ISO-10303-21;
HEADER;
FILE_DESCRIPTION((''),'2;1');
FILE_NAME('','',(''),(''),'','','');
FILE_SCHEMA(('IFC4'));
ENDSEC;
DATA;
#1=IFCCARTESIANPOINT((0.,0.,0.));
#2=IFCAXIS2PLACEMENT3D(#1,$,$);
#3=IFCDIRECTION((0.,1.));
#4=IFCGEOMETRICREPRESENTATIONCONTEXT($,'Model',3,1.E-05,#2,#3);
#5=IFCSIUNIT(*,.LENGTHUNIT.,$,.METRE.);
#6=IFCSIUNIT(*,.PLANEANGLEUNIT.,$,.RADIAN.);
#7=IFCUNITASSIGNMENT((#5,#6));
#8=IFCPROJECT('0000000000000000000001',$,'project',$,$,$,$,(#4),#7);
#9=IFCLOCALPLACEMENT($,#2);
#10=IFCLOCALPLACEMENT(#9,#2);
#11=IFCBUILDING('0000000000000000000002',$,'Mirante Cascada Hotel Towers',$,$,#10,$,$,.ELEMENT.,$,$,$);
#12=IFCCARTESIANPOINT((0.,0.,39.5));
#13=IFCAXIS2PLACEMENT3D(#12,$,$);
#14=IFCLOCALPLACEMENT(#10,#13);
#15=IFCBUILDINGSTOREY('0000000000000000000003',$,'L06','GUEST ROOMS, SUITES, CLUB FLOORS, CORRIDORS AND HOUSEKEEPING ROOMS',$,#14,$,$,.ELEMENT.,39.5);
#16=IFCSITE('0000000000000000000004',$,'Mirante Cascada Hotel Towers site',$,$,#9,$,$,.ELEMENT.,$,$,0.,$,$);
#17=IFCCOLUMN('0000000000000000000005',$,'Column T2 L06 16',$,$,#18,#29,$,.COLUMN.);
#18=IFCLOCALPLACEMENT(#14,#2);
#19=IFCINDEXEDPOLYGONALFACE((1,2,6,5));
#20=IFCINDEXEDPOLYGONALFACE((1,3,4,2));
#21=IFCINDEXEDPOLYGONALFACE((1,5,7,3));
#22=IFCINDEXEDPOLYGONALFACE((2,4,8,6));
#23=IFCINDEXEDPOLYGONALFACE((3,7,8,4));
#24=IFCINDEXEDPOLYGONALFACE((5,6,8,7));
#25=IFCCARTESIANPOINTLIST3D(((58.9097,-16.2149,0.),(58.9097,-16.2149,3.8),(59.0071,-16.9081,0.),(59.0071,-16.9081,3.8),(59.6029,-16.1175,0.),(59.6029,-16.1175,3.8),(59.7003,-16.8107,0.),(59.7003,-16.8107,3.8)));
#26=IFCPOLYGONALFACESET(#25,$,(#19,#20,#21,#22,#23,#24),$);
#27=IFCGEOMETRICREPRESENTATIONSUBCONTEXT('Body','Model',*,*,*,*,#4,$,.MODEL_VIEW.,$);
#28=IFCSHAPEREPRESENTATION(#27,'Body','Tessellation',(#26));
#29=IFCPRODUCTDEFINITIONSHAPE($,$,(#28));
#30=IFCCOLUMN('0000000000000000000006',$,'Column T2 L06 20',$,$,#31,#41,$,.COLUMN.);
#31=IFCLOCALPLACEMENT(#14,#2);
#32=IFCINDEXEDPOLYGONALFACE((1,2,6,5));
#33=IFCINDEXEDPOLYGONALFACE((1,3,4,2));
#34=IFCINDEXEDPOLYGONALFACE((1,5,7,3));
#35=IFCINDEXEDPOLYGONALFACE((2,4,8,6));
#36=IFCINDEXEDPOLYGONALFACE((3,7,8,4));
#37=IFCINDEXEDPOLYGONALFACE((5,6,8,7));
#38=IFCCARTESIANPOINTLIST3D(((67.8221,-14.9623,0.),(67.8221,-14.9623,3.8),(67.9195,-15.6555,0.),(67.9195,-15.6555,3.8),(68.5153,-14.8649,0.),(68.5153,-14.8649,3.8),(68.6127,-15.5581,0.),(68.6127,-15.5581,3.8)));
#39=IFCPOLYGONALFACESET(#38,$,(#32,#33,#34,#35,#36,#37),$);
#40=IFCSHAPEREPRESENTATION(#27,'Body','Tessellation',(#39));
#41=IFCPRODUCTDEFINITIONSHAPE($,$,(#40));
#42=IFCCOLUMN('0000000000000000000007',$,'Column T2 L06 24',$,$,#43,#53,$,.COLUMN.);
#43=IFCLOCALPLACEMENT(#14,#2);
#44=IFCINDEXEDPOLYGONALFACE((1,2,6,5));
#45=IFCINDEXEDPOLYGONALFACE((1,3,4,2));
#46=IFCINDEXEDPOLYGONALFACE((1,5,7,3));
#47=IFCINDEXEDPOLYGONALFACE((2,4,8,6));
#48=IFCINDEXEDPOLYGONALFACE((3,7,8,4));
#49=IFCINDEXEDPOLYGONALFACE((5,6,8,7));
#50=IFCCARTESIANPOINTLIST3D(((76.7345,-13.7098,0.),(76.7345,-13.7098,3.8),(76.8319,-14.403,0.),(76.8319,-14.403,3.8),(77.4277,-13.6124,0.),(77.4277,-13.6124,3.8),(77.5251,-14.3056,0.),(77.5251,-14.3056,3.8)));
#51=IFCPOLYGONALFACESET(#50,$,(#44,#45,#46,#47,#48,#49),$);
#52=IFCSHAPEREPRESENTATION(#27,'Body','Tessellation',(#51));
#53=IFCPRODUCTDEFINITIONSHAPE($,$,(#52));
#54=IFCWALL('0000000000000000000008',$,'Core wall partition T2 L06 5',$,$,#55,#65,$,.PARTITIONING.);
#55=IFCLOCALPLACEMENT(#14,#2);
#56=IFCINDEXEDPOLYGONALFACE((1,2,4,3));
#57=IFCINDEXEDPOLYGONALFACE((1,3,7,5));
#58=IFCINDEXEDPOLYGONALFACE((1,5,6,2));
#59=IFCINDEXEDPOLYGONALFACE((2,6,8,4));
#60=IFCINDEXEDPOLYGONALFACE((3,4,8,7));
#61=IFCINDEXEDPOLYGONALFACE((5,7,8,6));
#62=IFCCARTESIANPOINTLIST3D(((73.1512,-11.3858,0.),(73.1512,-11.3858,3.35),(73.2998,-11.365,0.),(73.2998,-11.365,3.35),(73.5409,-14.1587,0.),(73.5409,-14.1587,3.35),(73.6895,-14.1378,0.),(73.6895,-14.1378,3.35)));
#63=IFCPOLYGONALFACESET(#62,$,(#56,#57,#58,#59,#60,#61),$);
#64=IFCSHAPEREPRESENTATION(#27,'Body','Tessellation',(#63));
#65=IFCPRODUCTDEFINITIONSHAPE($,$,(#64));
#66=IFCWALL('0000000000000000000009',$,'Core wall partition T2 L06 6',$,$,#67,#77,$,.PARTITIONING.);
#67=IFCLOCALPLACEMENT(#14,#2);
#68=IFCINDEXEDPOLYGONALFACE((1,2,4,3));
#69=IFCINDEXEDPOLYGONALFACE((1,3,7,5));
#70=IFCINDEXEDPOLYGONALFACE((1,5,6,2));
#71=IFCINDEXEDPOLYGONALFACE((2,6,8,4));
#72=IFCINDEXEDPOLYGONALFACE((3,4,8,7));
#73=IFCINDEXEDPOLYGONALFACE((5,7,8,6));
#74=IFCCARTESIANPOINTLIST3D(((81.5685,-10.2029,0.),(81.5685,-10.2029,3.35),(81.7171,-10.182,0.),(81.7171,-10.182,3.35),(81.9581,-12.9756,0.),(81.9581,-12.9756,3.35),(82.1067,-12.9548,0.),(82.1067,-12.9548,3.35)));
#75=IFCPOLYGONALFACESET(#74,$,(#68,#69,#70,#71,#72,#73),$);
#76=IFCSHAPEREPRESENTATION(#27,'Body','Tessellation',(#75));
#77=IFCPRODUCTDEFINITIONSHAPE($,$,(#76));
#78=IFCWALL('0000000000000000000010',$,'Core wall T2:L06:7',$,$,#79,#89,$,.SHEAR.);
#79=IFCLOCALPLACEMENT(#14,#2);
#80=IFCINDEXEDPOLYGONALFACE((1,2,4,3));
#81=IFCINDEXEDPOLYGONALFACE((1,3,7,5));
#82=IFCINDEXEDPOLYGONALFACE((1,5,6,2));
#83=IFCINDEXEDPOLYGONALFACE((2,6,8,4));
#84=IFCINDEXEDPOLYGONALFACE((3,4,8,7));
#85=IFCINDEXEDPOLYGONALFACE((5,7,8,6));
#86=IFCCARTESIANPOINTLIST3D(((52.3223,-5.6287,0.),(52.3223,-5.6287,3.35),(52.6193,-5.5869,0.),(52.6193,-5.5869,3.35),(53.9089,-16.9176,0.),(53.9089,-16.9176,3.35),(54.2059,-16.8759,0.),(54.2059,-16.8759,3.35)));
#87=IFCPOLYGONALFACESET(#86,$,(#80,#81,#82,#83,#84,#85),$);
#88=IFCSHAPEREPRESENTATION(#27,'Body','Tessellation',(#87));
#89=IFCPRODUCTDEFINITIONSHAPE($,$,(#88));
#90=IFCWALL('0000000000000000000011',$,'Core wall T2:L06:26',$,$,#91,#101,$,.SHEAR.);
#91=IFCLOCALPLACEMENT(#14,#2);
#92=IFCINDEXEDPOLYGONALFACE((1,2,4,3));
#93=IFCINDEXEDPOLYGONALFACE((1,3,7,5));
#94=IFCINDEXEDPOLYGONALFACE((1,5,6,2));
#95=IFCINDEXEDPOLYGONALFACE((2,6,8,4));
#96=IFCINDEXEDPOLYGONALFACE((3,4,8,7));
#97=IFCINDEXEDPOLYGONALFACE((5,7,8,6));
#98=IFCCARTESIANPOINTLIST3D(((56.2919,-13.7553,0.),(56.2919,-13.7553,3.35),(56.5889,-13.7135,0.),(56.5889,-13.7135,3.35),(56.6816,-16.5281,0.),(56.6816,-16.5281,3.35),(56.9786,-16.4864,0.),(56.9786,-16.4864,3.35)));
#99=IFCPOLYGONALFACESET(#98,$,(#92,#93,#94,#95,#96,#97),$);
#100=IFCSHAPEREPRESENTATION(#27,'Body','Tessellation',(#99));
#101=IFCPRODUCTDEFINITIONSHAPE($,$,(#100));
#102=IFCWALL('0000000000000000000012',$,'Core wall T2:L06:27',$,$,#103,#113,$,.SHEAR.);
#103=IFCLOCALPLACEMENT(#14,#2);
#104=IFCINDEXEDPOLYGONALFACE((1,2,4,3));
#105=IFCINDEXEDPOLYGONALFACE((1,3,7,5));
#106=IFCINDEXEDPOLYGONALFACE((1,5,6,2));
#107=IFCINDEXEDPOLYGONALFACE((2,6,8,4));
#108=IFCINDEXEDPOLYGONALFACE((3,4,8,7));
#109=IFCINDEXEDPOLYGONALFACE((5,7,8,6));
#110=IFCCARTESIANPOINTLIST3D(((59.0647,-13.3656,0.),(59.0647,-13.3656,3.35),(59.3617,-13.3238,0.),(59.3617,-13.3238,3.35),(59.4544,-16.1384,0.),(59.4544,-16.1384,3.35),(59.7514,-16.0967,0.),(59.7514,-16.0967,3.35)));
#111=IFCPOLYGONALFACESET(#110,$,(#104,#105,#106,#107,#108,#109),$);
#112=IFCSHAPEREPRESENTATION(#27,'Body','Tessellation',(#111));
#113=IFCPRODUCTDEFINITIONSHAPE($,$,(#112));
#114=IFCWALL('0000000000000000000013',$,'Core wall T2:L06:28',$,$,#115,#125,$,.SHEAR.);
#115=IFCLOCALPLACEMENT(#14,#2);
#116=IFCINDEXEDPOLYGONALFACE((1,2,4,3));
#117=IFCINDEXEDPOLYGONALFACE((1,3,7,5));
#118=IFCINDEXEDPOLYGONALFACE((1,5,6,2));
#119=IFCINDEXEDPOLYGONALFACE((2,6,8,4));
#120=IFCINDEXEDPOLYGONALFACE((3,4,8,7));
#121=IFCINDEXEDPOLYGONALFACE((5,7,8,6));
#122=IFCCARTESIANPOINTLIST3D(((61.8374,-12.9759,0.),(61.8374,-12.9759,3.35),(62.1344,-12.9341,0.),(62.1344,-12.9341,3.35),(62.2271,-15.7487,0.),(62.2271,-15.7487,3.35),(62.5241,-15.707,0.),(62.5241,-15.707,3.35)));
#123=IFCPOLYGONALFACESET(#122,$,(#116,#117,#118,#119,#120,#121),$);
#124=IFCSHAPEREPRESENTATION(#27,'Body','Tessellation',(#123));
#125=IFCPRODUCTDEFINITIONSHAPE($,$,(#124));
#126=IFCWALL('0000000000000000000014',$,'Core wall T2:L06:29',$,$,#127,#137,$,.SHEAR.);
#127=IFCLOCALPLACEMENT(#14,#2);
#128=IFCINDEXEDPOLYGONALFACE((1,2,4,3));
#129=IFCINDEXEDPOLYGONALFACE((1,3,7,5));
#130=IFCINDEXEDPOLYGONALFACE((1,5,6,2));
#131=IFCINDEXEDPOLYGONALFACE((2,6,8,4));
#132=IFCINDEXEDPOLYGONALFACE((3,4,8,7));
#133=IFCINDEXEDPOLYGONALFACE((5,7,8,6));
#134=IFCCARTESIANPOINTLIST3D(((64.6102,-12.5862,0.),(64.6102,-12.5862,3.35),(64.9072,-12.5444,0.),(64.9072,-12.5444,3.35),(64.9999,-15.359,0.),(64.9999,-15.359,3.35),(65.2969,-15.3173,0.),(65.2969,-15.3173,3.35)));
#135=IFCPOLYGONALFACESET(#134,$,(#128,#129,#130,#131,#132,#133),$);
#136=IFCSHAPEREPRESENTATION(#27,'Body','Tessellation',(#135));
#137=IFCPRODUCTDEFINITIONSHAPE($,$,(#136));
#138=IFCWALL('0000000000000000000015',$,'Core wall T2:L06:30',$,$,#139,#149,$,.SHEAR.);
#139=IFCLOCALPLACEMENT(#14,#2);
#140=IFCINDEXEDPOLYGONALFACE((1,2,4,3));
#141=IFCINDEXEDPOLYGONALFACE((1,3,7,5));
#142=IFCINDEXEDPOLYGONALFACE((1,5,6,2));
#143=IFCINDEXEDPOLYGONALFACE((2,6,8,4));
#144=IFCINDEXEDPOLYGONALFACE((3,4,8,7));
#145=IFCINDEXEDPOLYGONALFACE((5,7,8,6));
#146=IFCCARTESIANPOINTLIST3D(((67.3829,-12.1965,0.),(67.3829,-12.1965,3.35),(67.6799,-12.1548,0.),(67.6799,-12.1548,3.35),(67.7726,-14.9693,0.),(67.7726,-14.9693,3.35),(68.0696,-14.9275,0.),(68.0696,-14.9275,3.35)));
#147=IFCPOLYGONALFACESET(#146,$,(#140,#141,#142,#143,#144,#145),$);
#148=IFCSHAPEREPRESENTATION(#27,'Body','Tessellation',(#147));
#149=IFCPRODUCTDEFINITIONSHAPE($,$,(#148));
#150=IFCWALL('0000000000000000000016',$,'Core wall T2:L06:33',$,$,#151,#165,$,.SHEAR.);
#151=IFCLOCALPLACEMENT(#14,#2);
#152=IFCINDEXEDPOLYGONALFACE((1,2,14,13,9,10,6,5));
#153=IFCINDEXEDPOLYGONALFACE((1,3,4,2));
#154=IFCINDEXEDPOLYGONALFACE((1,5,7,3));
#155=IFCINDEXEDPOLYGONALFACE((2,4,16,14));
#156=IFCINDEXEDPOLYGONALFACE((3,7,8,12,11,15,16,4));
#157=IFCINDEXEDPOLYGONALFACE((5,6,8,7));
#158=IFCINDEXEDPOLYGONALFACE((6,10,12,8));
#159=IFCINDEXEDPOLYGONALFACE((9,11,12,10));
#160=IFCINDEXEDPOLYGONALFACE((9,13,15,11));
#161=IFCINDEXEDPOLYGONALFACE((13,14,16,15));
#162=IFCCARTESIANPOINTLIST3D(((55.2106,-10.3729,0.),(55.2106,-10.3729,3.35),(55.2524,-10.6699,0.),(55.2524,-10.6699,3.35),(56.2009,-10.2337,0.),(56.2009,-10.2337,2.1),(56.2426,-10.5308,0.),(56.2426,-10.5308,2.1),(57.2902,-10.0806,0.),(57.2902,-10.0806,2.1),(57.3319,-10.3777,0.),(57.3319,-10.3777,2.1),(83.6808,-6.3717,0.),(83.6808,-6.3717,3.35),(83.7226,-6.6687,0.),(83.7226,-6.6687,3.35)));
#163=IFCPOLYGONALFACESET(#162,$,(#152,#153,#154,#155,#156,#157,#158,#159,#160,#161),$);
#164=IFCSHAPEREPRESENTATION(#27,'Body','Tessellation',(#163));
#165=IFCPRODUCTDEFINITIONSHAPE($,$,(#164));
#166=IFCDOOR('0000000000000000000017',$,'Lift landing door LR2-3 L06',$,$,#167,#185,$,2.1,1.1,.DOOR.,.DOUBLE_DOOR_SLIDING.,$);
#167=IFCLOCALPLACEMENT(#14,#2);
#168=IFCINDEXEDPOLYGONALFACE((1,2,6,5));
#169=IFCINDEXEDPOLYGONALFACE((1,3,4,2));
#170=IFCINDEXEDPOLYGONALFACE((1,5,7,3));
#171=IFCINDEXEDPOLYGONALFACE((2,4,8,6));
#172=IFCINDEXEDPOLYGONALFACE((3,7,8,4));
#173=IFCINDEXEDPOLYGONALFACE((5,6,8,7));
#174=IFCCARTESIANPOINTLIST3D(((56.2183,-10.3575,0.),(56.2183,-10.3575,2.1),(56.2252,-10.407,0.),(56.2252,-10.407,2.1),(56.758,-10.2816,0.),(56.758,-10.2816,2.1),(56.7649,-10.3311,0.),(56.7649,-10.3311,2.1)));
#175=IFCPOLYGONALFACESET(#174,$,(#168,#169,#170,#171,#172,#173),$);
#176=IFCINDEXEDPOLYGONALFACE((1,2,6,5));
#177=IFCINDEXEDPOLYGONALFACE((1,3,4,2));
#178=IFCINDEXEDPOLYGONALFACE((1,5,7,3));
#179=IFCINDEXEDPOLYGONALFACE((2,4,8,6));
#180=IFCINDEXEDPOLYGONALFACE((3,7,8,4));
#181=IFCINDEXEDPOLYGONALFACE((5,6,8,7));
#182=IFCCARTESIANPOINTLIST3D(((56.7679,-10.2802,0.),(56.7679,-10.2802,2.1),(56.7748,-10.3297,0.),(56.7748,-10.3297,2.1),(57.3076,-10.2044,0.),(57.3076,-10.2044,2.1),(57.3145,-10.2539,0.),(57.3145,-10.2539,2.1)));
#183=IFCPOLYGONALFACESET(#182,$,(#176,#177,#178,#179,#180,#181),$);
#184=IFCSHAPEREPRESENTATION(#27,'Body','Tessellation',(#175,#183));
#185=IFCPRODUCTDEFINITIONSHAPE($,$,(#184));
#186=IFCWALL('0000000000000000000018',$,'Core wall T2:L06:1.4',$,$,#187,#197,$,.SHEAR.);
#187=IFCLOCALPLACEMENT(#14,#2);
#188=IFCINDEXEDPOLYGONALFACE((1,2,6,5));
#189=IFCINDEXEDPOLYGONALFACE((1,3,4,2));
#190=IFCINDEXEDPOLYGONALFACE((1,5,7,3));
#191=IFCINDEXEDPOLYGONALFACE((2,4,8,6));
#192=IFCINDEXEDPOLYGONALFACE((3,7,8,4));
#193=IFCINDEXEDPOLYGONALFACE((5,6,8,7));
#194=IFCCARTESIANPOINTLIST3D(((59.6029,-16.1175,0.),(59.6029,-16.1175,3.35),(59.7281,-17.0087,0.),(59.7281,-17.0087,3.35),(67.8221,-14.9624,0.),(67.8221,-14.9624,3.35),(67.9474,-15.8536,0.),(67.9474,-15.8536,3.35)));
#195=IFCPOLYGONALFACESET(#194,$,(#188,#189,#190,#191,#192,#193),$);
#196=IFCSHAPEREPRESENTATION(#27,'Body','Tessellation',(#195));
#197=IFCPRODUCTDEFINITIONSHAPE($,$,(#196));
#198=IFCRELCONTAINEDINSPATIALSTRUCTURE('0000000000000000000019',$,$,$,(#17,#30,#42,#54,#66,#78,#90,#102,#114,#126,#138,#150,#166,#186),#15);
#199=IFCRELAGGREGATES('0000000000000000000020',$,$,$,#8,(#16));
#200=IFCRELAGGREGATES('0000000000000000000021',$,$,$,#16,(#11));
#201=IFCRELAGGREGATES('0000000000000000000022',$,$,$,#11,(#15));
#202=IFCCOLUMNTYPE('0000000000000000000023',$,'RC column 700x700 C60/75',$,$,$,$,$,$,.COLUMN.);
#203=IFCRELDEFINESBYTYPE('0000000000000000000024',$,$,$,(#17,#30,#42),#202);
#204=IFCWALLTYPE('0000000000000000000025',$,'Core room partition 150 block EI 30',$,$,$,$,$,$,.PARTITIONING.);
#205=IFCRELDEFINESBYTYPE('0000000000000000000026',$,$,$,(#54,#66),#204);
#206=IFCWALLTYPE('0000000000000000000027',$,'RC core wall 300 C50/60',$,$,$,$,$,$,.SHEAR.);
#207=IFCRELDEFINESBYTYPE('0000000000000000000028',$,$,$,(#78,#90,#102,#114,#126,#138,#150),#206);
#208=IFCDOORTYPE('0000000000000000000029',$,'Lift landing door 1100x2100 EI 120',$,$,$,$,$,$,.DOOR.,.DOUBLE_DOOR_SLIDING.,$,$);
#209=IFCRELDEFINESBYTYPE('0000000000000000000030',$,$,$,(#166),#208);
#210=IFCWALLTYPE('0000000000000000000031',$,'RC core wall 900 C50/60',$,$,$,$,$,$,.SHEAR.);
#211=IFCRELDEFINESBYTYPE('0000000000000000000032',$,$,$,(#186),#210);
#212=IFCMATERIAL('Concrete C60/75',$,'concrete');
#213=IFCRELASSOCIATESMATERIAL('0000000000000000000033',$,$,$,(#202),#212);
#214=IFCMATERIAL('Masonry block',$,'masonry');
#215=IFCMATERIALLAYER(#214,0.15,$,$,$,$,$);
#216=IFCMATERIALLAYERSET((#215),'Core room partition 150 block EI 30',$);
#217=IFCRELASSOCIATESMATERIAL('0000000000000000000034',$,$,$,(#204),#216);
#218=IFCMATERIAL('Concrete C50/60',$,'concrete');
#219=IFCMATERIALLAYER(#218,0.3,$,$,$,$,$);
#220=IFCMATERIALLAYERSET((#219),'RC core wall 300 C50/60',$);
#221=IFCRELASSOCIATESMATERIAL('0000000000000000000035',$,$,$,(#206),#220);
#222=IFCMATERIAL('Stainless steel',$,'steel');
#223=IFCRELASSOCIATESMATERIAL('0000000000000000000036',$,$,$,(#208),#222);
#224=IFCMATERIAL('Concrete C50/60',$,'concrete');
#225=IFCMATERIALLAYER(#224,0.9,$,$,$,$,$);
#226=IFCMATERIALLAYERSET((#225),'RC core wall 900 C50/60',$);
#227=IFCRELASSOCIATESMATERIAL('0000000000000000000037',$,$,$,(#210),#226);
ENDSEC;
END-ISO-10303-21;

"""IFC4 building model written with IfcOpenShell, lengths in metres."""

from ifc_helpers import new_model, si_unit, direction, frame, frame_2d, origin, origin_2d, place, context, subcontext, project, spatial, rectangle, extrude, material, layer, layer_set, material_profile, profile_set, type_object, element, fill, save


model = new_model("IFC4")

# Units and contexts
model_context = context("Model", 3, precision=1e-05, world=origin(), true_north=direction((0.0, 1.0)))
body_context = subcontext(model_context, "Body", "Model", "MODEL_VIEW")
ifc_project = project(units=[si_unit("LENGTHUNIT", "METRE"), si_unit("PLANEANGLEUNIT", "RADIAN")], contexts=[model_context])

# Site, building, storey
site_placement = place(None, origin())
site = spatial("IfcSite", under=ifc_project, at=site_placement, Name="Mirante Cascada Hotel Towers site", CompositionType="ELEMENT", RefElevation=0.0)
building_placement = place(site_placement, origin())
building = spatial("IfcBuilding", under=site, at=building_placement, Name="Mirante Cascada Hotel Towers", CompositionType="ELEMENT")
storey_placement = place(building_placement, frame((0.0, 0.0, 39.5)))
storey = spatial("IfcBuildingStorey", under=building, at=storey_placement, Name="L06", Description="GUEST ROOMS, SUITES, CLUB FLOORS, CORRIDORS AND HOUSEKEEPING ROOMS", CompositionType="ELEMENT", Elevation=39.5)

# Columns
ifc_material_1 = material(Name="Concrete C60/75", Category="concrete")
ifc_material_profile = material_profile(ifc_material_1, rectangle(XDim=0.7, YDim=0.7, at=origin_2d()), Name="RC column 700x700 C60/75")
ifc_profile_set = profile_set([ifc_material_profile], Name="Concrete C60/75")
column_type = type_object("IfcColumnType", Name="RC column 700x700 C60/75", PredefinedType="COLUMN", material=ifc_profile_set)
for number, where, z_axis, x_axis, name in (
    (1, (59.305, -16.5128, 0.0), (0.0, 0.0, 1.0), (0.990268, 0.139173, 0.0), "Column T2 L06 16"),
    (2, (68.2174, -15.2602, 0.0), (0.0, 0.0, 1.0), (0.990268, 0.139173, 0.0), "Column T2 L06 20"),
    (3, (77.1298, -14.0077, 0.0), (0.0, 0.0, 1.0), (0.990268, 0.139173, 0.0), "Column T2 L06 24"),
):
    element("IfcColumn", number, at=place(storey_placement, frame(where, z_axis=z_axis, x_axis=x_axis)), inside=storey, type_object=column_type, Name=name, PredefinedType="COLUMN", context=body_context, shape_type="SweptSolid", body=[
        extrude(rectangle(XDim=0.7, YDim=0.7, at=origin_2d()), origin(), (0.0, 0.0, 1.0), 3.8),
    ])

# Walls
ifc_material_2 = material(Name="Masonry block", Category="masonry")
ifc_layer_1 = layer(ifc_material_2, 0.15)
ifc_layer_set_1 = layer_set([ifc_layer_1], Name="Core room partition 150 block EI 30")
wall_type_1 = type_object("IfcWallType", Name="Core room partition 150 block EI 30", PredefinedType="PARTITIONING", material=ifc_layer_set_1)
wall_1_placement = place(storey_placement, frame((73.6152, -14.1482, 0.0), z_axis=(0.0, 0.0, 1.0), x_axis=(-0.139176, 0.990268, 0.0)))
element("IfcWall", 4, at=wall_1_placement, inside=storey, type_object=wall_type_1, Name="Core wall partition T2 L06 5", PredefinedType="PARTITIONING", context=body_context, shape_type="SweptSolid", body=[
    extrude(rectangle(XDim=2.8001, YDim=0.15, at=frame_2d((1.4, 0.0))), origin(), (0.0, 0.0, 1.0), 3.35),
])
wall_2_placement = place(storey_placement, frame((82.0324, -12.9652, 0.0), z_axis=(0.0, 0.0, 1.0), x_axis=(-0.139141, 0.990273, 0.0)))
element("IfcWall", 5, at=wall_2_placement, inside=storey, type_object=wall_type_1, Name="Core wall partition T2 L06 6", PredefinedType="PARTITIONING", context=body_context, shape_type="SweptSolid", body=[
    extrude(rectangle(XDim=2.8, YDim=0.15, at=frame_2d((1.4, 0.0))), origin(), (0.0, 0.0, 1.0), 3.35),
])
ifc_material_3 = material(Name="Concrete C50/60", Category="concrete")
ifc_layer_2 = layer(ifc_material_3, 0.3)
ifc_layer_set_2 = layer_set([ifc_layer_2], Name="RC core wall 300 C50/60")
wall_type_2 = type_object("IfcWallType", Name="RC core wall 300 C50/60", PredefinedType="SHEAR", material=ifc_layer_set_2)
wall_3_placement = place(storey_placement, frame((54.0574, -16.8968, 0.0), z_axis=(0.0, 0.0, 1.0), x_axis=(-0.139176, 0.990268, 0.0)))
element("IfcWall", 6, at=wall_3_placement, inside=storey, type_object=wall_type_2, Name="Core wall T2:L06:7", PredefinedType="SHEAR", context=body_context, shape_type="SweptSolid", body=[
    extrude(rectangle(XDim=11.3999, YDim=0.3, at=frame_2d((5.7, 0.0))), origin(), (0.0, 0.0, 1.0), 3.35),
])

# Shared definitions
ifc_material_4 = material(Name="Stainless steel", Category="steel")
door_type_1 = type_object("IfcDoorType", Name="Lift landing door 1100x2100 EI 120", OperationType="DOUBLE_DOOR_SLIDING", PredefinedType="DOOR", material=ifc_material_4)

# Walls
for number, where, z_axis, x_axis, name in (
    (7, (56.8301, -16.5072, 0.0), (0.0, 0.0, 1.0), (-0.139176, 0.990268, 0.0), "Core wall T2:L06:26"),
    (8, (59.6029, -16.1175, 0.0), (0.0, 0.0, 1.0), (-0.139176, 0.990268, 0.0), "Core wall T2:L06:27"),
    (9, (62.3756, -15.7278, 0.0), (0.0, 0.0, 1.0), (-0.139176, 0.990268, 0.0), "Core wall T2:L06:28"),
    (10, (65.1484, -15.3381, 0.0), (0.0, 0.0, 1.0), (-0.139176, 0.990268, 0.0), "Core wall T2:L06:29"),
):
    element("IfcWall", number, at=place(storey_placement, frame(where, z_axis=z_axis, x_axis=x_axis)), inside=storey, type_object=wall_type_2, Name=name, PredefinedType="SHEAR", context=body_context, shape_type="SweptSolid", body=[
        extrude(rectangle(XDim=2.8001, YDim=0.3, at=frame_2d((1.4, 0.0))), origin(), (0.0, 0.0, 1.0), 3.35),
    ])
wall_4_placement = place(storey_placement, frame((67.9211, -14.9484, 0.0), z_axis=(0.0, 0.0, 1.0), x_axis=(-0.139181, 0.990267, 0.0)))
element("IfcWall", 11, at=wall_4_placement, inside=storey, type_object=wall_type_2, Name="Core wall T2:L06:30", PredefinedType="SHEAR", context=body_context, shape_type="SweptSolid", body=[
    extrude(rectangle(XDim=2.8, YDim=0.3, at=frame_2d((1.4, 0.0))), origin(), (0.0, 0.0, 1.0), 3.35),
])

# Wall, opening, door
wall_5_placement = place(storey_placement, frame((55.2315, -10.5214, 0.0), z_axis=(0.0, 0.0, 1.0), x_axis=(0.990268, 0.139172, 0.0)))
wall_5 = element("IfcWall", 12, at=wall_5_placement, inside=storey, type_object=wall_type_2, Name="Core wall T2:L06:33", PredefinedType="SHEAR", context=body_context, shape_type="SweptSolid", body=[
    extrude(rectangle(XDim=28.75, YDim=0.3, at=frame_2d((14.375, 0.0))), origin(), (0.0, 0.0, 1.0), 3.35),
])
opening_1_placement = place(wall_5_placement, frame((1.0, 0.0, 0.0)))
opening_1 = element("IfcOpeningElement", 13, at=opening_1_placement, cuts=wall_5, PredefinedType="OPENING", context=body_context, shape_type="SweptSolid", body=[
    extrude(rectangle(XDim=1.1, YDim=2.1, at=frame_2d((0.55, 1.05))), frame((0.0, 0.15, 0.0), z_axis=(0.0, -1.0, 0.0), x_axis=(1.0, 0.0, 0.0)), (0.0, 0.0, 1.0), 0.3),
])
door_1_placement = place(opening_1_placement, origin())
door_1 = element("IfcDoor", 14, at=door_1_placement, inside=storey, type_object=door_type_1, Name="Lift landing door LR2-3 L06", OperationType="DOUBLE_DOOR_SLIDING", OverallHeight=2.1, OverallWidth=1.1, PredefinedType="DOOR", context=body_context, shape_type="SweptSolid", body=[
    extrude(rectangle(XDim=0.545, YDim=2.1, at=frame_2d((0.2725, 1.05))), frame((0.0, 0.025, 0.0), z_axis=(0.0, -1.0, 0.0), x_axis=(1.0, 0.0, 0.0)), (0.0, 0.0, 1.0), 0.05),
    extrude(rectangle(XDim=0.545, YDim=2.1, at=frame_2d((0.8275, 1.05))), frame((0.0, 0.025, 0.0), z_axis=(0.0, -1.0, 0.0), x_axis=(1.0, 0.0, 0.0)), (0.0, 0.0, 1.0), 0.05),
])
fill(opening_1, door_1)

# Wall
ifc_material_5 = material(Name="Concrete C50/60", Category="concrete")
ifc_layer_3 = layer(ifc_material_5, 0.9)
ifc_layer_set_3 = layer_set([ifc_layer_3], Name="RC core wall 900 C50/60")
wall_type_3 = type_object("IfcWallType", Name="RC core wall 900 C50/60", PredefinedType="SHEAR", material=ifc_layer_set_3)
for number, where, z_axis, x_axis, name in (
    (15, (59.6655, -16.5631, 0.0), (0.0, 0.0, 1.0), (0.990269, 0.139169, 0.0), "Core wall T2:L06:1.4"),
):
    element("IfcWall", number, at=place(storey_placement, frame(where, z_axis=z_axis, x_axis=x_axis)), inside=storey, type_object=wall_type_3, Name=name, PredefinedType="SHEAR", context=body_context, shape_type="SweptSolid", body=[
        extrude(rectangle(XDim=8.3, YDim=0.9, at=frame_2d((4.15, 0.0))), origin(), (0.0, 0.0, 1.0), 3.35),
    ])

save(model, "model.ifc")
